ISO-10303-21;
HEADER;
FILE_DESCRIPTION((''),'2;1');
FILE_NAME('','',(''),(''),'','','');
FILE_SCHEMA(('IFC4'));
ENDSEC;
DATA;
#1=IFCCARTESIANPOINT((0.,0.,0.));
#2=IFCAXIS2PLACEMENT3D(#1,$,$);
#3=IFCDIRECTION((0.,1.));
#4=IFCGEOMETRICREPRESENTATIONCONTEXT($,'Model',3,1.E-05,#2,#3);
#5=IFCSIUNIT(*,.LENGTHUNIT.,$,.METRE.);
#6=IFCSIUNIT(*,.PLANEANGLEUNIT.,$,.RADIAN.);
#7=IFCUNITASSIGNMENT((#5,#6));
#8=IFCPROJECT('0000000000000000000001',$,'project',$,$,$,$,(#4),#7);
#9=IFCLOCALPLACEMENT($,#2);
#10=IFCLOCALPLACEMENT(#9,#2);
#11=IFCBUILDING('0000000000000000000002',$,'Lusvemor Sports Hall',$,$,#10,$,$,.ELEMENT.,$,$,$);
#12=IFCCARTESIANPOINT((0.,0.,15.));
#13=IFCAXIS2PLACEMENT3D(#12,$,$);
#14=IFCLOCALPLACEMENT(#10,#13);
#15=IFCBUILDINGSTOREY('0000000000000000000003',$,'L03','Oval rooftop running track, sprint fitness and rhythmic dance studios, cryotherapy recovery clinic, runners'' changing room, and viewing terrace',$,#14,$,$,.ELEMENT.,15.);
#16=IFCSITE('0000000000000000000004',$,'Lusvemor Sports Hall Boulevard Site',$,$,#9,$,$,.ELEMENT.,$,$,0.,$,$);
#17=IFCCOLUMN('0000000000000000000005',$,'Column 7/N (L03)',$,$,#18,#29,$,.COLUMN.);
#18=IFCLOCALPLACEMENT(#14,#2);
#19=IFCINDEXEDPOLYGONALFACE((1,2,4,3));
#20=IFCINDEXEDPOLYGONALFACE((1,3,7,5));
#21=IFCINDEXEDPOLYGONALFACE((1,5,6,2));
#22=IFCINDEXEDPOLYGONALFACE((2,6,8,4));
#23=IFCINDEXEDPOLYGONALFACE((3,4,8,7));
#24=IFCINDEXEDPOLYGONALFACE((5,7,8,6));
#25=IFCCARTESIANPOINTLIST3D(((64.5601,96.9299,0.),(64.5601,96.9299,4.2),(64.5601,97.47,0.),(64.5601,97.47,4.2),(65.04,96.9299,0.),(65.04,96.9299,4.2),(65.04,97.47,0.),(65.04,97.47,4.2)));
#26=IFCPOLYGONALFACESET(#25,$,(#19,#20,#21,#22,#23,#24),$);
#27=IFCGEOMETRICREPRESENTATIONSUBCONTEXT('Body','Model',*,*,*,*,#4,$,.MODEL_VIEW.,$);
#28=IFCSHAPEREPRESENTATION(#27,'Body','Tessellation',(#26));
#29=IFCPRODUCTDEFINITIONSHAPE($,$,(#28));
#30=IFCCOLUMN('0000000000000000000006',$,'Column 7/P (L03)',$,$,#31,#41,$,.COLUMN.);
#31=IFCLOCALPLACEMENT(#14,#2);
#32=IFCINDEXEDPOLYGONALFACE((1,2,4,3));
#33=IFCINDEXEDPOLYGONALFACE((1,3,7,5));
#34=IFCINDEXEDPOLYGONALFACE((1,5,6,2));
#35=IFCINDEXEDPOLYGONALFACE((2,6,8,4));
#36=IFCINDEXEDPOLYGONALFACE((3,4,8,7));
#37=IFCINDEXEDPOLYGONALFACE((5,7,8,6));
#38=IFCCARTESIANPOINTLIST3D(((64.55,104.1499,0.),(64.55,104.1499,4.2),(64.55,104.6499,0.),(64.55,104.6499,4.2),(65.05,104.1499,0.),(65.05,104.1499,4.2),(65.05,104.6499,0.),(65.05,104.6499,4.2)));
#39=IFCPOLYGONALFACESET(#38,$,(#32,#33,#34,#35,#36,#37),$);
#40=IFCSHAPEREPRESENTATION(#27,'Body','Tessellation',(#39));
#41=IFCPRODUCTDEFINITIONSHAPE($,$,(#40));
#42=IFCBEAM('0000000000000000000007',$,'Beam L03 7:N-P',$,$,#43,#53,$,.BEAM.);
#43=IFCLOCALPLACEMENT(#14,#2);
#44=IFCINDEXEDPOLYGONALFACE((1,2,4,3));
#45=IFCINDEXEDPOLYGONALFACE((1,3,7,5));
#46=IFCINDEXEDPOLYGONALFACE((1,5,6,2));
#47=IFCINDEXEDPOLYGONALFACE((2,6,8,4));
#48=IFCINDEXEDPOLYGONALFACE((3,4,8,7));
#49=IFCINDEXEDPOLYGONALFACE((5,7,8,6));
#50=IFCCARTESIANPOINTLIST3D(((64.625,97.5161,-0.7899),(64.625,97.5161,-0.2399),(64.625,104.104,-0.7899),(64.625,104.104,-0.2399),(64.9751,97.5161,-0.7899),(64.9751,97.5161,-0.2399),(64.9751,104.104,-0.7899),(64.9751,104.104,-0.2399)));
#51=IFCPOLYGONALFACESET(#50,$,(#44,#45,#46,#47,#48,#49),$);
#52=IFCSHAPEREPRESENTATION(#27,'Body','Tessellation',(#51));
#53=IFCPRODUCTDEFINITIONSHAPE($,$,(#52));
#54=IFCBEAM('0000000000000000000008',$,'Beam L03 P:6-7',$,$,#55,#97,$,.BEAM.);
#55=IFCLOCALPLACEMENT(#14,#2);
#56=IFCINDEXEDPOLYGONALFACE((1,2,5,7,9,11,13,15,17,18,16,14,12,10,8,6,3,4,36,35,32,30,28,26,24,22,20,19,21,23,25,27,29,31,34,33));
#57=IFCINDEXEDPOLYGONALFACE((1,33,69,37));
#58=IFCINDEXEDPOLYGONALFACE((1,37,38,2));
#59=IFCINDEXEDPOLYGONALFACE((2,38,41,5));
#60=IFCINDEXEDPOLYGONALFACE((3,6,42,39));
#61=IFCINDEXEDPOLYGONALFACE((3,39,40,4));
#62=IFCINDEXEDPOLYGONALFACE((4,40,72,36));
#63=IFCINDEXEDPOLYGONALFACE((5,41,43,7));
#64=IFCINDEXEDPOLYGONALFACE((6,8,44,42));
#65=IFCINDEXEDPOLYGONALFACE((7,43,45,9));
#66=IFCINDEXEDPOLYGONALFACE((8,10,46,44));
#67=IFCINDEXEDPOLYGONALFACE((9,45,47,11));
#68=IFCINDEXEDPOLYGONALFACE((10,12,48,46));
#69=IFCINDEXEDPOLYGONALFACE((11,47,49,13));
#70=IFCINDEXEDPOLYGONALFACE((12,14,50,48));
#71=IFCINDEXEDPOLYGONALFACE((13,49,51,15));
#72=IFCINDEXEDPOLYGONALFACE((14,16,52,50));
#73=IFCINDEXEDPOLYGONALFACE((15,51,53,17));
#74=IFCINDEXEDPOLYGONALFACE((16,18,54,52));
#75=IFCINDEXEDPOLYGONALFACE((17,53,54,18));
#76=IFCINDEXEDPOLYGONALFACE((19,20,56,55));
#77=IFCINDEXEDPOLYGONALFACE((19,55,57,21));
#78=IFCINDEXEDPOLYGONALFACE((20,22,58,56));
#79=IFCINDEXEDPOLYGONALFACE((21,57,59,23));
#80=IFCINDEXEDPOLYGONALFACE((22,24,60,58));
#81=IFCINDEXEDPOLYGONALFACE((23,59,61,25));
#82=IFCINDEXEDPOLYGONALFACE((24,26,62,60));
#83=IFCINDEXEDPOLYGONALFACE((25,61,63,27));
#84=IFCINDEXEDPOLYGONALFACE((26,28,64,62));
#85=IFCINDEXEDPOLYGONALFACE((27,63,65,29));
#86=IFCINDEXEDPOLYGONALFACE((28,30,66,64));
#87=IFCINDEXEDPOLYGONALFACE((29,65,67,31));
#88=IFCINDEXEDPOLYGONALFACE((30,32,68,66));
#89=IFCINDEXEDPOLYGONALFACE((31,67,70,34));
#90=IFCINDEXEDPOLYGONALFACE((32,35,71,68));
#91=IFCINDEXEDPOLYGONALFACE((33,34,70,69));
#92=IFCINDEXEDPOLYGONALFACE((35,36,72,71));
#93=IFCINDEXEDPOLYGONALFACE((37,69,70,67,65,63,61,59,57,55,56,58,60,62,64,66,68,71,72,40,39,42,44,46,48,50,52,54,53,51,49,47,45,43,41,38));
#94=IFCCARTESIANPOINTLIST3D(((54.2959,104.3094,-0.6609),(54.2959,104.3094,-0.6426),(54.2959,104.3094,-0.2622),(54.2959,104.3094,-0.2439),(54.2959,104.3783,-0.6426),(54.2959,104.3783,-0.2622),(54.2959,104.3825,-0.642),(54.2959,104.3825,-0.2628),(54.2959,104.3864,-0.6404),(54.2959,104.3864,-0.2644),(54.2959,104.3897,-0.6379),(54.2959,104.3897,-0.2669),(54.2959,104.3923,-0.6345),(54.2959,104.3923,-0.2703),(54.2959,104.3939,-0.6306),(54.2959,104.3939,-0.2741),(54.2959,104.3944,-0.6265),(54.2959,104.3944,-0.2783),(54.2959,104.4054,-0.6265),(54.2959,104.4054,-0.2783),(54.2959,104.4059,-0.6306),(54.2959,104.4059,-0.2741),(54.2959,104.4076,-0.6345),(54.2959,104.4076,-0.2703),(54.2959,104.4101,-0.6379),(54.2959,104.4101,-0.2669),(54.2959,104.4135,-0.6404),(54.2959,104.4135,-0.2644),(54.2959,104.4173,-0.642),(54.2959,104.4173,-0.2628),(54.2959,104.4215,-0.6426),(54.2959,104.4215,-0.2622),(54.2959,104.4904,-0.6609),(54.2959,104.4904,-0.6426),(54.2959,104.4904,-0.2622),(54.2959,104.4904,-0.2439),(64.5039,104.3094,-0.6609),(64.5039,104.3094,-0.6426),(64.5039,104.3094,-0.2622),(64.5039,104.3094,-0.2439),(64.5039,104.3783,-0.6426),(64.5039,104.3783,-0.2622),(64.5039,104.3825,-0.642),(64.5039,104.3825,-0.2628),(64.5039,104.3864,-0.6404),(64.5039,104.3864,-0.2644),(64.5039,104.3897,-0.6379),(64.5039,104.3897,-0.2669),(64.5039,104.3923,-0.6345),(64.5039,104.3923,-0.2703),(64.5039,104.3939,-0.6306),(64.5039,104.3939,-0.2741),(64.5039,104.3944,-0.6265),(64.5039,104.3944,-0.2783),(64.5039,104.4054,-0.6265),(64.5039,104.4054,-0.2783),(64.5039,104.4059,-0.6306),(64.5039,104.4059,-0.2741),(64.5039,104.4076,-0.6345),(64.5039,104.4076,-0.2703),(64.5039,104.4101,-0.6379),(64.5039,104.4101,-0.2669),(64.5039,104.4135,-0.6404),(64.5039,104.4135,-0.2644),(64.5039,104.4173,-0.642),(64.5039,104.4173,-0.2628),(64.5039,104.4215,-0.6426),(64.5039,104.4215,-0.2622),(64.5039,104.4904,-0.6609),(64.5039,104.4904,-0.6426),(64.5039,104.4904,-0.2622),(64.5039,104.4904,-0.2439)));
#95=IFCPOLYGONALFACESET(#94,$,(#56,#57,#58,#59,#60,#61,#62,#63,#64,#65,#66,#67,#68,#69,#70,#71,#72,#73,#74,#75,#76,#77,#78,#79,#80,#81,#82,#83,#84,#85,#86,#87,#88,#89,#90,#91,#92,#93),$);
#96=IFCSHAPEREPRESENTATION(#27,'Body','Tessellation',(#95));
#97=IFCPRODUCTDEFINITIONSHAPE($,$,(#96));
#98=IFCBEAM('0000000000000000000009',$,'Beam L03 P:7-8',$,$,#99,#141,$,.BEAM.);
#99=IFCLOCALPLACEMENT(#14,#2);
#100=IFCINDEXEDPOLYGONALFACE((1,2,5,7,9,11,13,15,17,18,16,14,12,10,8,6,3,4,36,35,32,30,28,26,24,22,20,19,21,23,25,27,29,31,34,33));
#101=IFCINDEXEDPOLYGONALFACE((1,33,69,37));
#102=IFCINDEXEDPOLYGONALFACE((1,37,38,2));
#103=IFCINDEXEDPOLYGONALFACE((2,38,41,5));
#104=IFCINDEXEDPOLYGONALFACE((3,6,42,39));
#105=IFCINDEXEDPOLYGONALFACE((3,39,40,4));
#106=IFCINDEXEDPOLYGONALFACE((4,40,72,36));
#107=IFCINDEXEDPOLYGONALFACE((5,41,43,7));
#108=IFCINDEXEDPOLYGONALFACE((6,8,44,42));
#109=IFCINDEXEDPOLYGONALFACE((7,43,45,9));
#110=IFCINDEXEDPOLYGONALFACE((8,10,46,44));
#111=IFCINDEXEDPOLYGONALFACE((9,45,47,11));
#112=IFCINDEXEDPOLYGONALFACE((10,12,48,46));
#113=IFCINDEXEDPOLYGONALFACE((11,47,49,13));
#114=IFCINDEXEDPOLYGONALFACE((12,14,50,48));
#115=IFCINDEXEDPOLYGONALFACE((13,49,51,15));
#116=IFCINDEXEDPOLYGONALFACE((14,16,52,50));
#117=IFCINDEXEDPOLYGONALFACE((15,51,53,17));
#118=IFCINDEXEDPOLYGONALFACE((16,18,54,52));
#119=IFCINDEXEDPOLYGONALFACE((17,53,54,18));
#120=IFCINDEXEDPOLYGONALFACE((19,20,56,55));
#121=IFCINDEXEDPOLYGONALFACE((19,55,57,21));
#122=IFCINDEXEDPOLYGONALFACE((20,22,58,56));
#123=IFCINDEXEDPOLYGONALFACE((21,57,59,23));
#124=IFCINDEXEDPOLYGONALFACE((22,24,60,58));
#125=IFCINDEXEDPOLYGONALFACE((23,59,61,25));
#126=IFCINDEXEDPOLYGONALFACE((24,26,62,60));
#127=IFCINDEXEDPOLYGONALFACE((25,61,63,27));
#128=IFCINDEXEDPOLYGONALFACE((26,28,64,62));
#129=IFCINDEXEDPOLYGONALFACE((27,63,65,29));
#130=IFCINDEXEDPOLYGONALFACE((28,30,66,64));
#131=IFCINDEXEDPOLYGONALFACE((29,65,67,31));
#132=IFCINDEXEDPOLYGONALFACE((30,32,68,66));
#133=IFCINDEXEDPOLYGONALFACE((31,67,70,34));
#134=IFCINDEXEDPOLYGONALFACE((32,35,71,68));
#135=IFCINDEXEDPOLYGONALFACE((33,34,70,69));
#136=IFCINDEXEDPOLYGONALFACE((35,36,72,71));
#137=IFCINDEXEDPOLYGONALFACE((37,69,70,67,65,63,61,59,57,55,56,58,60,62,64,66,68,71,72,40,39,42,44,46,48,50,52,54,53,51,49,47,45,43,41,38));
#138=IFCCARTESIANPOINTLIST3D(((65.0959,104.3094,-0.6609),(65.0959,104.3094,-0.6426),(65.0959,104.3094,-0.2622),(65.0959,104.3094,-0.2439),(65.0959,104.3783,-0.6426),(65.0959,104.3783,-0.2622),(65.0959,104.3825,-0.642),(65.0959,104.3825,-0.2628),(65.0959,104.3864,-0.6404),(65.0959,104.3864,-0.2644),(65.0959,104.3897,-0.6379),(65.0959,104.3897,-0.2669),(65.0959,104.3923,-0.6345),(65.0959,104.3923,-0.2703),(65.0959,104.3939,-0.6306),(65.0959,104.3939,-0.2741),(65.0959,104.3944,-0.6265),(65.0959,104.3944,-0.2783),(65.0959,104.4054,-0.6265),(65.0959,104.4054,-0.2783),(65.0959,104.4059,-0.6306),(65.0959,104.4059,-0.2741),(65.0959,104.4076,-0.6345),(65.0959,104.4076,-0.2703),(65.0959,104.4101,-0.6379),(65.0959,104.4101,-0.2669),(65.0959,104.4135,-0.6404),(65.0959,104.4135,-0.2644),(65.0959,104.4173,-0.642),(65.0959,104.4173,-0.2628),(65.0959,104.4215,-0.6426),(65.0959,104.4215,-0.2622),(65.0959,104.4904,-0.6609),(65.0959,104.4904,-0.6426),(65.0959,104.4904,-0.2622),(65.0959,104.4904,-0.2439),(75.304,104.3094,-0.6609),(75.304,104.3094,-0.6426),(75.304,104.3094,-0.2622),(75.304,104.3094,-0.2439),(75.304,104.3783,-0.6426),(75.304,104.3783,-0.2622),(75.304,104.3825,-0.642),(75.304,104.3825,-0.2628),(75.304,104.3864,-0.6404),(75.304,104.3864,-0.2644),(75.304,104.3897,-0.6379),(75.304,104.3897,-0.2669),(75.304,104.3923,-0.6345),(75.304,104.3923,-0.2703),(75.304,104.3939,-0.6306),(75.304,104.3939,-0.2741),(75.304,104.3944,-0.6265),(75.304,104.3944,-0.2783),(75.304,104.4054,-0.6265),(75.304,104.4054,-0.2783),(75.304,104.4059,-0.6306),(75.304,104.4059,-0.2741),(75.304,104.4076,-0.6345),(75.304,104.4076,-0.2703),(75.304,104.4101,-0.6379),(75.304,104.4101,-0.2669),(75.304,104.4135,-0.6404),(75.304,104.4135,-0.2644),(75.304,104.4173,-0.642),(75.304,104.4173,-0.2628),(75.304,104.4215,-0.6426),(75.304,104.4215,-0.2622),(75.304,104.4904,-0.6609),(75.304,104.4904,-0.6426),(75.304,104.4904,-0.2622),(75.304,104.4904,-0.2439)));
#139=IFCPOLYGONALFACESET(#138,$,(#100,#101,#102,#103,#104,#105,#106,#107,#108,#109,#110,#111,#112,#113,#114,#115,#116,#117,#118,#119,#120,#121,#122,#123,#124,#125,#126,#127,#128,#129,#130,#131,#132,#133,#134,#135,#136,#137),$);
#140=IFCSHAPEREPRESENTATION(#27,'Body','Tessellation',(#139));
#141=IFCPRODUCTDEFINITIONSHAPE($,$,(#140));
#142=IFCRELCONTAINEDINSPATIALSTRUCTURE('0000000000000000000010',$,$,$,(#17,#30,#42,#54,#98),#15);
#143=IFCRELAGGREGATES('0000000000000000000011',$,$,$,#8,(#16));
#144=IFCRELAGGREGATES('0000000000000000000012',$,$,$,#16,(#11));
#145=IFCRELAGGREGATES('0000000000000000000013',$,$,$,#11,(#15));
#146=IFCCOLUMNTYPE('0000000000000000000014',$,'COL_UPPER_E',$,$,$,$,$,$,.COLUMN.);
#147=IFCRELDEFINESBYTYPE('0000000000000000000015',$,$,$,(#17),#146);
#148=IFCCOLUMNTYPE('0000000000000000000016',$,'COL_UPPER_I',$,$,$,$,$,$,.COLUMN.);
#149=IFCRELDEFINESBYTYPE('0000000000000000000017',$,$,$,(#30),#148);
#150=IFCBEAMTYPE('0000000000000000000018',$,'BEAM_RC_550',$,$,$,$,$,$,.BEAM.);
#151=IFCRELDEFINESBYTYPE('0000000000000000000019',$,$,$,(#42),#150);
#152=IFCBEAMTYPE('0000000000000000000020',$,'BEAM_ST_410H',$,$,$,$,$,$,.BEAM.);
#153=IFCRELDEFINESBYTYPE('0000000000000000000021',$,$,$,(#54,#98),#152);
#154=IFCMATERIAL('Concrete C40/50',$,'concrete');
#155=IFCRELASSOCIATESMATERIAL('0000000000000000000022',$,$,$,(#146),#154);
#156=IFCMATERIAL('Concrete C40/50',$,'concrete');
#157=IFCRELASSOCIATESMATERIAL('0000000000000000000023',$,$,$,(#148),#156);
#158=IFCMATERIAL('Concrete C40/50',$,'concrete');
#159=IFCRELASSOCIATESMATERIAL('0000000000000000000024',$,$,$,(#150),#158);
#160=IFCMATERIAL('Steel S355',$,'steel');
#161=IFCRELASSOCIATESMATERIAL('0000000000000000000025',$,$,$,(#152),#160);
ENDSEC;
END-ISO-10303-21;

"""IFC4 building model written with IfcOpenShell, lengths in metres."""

from ifc_helpers import new_model, si_unit, direction, frame, origin, origin_2d, place, context, subcontext, project, spatial, rectangle, i_section, extrude, material, material_profile, profile_set, type_object, element, save


model = new_model("IFC4")

# Units and contexts
model_context = context("Model", 3, precision=1e-05, world=origin(), true_north=direction((0.0, 1.0)))
body_context = subcontext(model_context, "Body", "Model", "MODEL_VIEW")
ifc_project = project(units=[si_unit("LENGTHUNIT", "METRE"), si_unit("PLANEANGLEUNIT", "RADIAN")], contexts=[model_context])

# Site, building, storey
site_placement = place(None, origin())
site = spatial("IfcSite", under=ifc_project, at=site_placement, Name="Lusvemor Sports Hall Boulevard Site", CompositionType="ELEMENT", RefElevation=0.0)
building_placement = place(site_placement, origin())
building = spatial("IfcBuilding", under=site, at=building_placement, Name="Lusvemor Sports Hall", CompositionType="ELEMENT")
storey_placement = place(building_placement, frame((0.0, 0.0, 15.0)))
storey = spatial("IfcBuildingStorey", under=building, at=storey_placement, Name="L03", Description="Oval rooftop running track, sprint fitness and rhythmic dance studios, cryotherapy recovery clinic, runners' changing room, and viewing terrace", CompositionType="ELEMENT", Elevation=15.0)

# Columns
ifc_material_1 = material(Name="Concrete C40/50", Category="concrete")
ifc_material_profile_1 = material_profile(ifc_material_1, rectangle(XDim=0.48, YDim=0.54, at=origin_2d()), Name="RC480x540")
ifc_profile_set_1 = profile_set([ifc_material_profile_1], Name="Concrete C40/50")
column_type_1 = type_object("IfcColumnType", Name="COL_UPPER_E", PredefinedType="COLUMN", material=ifc_profile_set_1)
column_1_placement = place(storey_placement, frame((64.8, 97.2, 0.0), z_axis=(0.0, 0.0, 1.0), x_axis=(1.0, 0.0, 0.0)))
element("IfcColumn", 1, at=column_1_placement, inside=storey, type_object=column_type_1, Name="Column 7/N (L03)", PredefinedType="COLUMN", context=body_context, shape_type="SweptSolid", body=[
    extrude(rectangle(XDim=0.48, YDim=0.54, at=origin_2d()), origin(), (0.0, 0.0, 1.0), 4.2),
])
ifc_material_2 = material(Name="Concrete C40/50", Category="concrete")
ifc_material_profile_2 = material_profile(ifc_material_2, rectangle(XDim=0.5, YDim=0.5, at=origin_2d()), Name="RC500x500")
ifc_profile_set_2 = profile_set([ifc_material_profile_2], Name="Concrete C40/50")
column_type_2 = type_object("IfcColumnType", Name="COL_UPPER_I", PredefinedType="COLUMN", material=ifc_profile_set_2)
column_2_placement = place(storey_placement, frame((64.8, 104.3999, 0.0), z_axis=(0.0, 0.0, 1.0), x_axis=(1.0, 0.0, 0.0)))
element("IfcColumn", 2, at=column_2_placement, inside=storey, type_object=column_type_2, Name="Column 7/P (L03)", PredefinedType="COLUMN", context=body_context, shape_type="SweptSolid", body=[
    extrude(rectangle(XDim=0.5, YDim=0.5, at=origin_2d()), origin(), (0.0, 0.0, 1.0), 4.2),
])

# Beams
ifc_material_3 = material(Name="Concrete C40/50", Category="concrete")
ifc_material_profile_3 = material_profile(ifc_material_3, rectangle(XDim=0.3501, YDim=0.55, at=origin_2d()), Name="RC350x550")
ifc_profile_set_3 = profile_set([ifc_material_profile_3], Name="Concrete C40/50")
beam_type_1 = type_object("IfcBeamType", Name="BEAM_RC_550", PredefinedType="BEAM", material=ifc_profile_set_3)
beam_1_placement = place(storey_placement, frame((64.8, 97.5161, -0.5149), z_axis=(0.0, 1.0, 0.0), x_axis=(-1.0, 0.0, 0.0)))
element("IfcBeam", 3, at=beam_1_placement, inside=storey, type_object=beam_type_1, Name="Beam L03 7:N-P", PredefinedType="BEAM", context=body_context, shape_type="SweptSolid", body=[
    extrude(rectangle(XDim=0.3501, YDim=0.55, at=origin_2d()), origin(), (0.0, 0.0, 1.0), 6.5879),
])
ifc_material_4 = material(Name="Steel S355", Category="steel")
ifc_material_profile_4 = material_profile(ifc_material_4, i_section(OverallWidth=0.1809, OverallDepth=0.417, WebThickness=0.011, FlangeThickness=0.0183, FilletRadius=0.0161, at=origin_2d()), Name="W410x85.0")
ifc_profile_set_4 = profile_set([ifc_material_profile_4], Name="Steel S355")
beam_type_2 = type_object("IfcBeamType", Name="BEAM_ST_410H", PredefinedType="BEAM", material=ifc_profile_set_4)
for number, where, z_axis, x_axis, name in (
    (4, (54.2959, 104.3999, -0.4524), (1.0, 0.0, 0.0), (0.0, 1.0, 0.0), "Beam L03 P:6-7"),
    (5, (65.0959, 104.3999, -0.4524), (1.0, 0.0, 0.0), (0.0, 1.0, 0.0), "Beam L03 P:7-8"),
):
    element("IfcBeam", number, at=place(storey_placement, frame(where, z_axis=z_axis, x_axis=x_axis)), inside=storey, type_object=beam_type_2, Name=name, PredefinedType="BEAM", context=body_context, shape_type="SweptSolid", body=[
        extrude(i_section(OverallWidth=0.1809, OverallDepth=0.417, WebThickness=0.011, FlangeThickness=0.0183, FilletRadius=0.0161, at=origin_2d()), origin(), (0.0, 0.0, 1.0), 10.208),
    ])

save(model, "model.ifc")
